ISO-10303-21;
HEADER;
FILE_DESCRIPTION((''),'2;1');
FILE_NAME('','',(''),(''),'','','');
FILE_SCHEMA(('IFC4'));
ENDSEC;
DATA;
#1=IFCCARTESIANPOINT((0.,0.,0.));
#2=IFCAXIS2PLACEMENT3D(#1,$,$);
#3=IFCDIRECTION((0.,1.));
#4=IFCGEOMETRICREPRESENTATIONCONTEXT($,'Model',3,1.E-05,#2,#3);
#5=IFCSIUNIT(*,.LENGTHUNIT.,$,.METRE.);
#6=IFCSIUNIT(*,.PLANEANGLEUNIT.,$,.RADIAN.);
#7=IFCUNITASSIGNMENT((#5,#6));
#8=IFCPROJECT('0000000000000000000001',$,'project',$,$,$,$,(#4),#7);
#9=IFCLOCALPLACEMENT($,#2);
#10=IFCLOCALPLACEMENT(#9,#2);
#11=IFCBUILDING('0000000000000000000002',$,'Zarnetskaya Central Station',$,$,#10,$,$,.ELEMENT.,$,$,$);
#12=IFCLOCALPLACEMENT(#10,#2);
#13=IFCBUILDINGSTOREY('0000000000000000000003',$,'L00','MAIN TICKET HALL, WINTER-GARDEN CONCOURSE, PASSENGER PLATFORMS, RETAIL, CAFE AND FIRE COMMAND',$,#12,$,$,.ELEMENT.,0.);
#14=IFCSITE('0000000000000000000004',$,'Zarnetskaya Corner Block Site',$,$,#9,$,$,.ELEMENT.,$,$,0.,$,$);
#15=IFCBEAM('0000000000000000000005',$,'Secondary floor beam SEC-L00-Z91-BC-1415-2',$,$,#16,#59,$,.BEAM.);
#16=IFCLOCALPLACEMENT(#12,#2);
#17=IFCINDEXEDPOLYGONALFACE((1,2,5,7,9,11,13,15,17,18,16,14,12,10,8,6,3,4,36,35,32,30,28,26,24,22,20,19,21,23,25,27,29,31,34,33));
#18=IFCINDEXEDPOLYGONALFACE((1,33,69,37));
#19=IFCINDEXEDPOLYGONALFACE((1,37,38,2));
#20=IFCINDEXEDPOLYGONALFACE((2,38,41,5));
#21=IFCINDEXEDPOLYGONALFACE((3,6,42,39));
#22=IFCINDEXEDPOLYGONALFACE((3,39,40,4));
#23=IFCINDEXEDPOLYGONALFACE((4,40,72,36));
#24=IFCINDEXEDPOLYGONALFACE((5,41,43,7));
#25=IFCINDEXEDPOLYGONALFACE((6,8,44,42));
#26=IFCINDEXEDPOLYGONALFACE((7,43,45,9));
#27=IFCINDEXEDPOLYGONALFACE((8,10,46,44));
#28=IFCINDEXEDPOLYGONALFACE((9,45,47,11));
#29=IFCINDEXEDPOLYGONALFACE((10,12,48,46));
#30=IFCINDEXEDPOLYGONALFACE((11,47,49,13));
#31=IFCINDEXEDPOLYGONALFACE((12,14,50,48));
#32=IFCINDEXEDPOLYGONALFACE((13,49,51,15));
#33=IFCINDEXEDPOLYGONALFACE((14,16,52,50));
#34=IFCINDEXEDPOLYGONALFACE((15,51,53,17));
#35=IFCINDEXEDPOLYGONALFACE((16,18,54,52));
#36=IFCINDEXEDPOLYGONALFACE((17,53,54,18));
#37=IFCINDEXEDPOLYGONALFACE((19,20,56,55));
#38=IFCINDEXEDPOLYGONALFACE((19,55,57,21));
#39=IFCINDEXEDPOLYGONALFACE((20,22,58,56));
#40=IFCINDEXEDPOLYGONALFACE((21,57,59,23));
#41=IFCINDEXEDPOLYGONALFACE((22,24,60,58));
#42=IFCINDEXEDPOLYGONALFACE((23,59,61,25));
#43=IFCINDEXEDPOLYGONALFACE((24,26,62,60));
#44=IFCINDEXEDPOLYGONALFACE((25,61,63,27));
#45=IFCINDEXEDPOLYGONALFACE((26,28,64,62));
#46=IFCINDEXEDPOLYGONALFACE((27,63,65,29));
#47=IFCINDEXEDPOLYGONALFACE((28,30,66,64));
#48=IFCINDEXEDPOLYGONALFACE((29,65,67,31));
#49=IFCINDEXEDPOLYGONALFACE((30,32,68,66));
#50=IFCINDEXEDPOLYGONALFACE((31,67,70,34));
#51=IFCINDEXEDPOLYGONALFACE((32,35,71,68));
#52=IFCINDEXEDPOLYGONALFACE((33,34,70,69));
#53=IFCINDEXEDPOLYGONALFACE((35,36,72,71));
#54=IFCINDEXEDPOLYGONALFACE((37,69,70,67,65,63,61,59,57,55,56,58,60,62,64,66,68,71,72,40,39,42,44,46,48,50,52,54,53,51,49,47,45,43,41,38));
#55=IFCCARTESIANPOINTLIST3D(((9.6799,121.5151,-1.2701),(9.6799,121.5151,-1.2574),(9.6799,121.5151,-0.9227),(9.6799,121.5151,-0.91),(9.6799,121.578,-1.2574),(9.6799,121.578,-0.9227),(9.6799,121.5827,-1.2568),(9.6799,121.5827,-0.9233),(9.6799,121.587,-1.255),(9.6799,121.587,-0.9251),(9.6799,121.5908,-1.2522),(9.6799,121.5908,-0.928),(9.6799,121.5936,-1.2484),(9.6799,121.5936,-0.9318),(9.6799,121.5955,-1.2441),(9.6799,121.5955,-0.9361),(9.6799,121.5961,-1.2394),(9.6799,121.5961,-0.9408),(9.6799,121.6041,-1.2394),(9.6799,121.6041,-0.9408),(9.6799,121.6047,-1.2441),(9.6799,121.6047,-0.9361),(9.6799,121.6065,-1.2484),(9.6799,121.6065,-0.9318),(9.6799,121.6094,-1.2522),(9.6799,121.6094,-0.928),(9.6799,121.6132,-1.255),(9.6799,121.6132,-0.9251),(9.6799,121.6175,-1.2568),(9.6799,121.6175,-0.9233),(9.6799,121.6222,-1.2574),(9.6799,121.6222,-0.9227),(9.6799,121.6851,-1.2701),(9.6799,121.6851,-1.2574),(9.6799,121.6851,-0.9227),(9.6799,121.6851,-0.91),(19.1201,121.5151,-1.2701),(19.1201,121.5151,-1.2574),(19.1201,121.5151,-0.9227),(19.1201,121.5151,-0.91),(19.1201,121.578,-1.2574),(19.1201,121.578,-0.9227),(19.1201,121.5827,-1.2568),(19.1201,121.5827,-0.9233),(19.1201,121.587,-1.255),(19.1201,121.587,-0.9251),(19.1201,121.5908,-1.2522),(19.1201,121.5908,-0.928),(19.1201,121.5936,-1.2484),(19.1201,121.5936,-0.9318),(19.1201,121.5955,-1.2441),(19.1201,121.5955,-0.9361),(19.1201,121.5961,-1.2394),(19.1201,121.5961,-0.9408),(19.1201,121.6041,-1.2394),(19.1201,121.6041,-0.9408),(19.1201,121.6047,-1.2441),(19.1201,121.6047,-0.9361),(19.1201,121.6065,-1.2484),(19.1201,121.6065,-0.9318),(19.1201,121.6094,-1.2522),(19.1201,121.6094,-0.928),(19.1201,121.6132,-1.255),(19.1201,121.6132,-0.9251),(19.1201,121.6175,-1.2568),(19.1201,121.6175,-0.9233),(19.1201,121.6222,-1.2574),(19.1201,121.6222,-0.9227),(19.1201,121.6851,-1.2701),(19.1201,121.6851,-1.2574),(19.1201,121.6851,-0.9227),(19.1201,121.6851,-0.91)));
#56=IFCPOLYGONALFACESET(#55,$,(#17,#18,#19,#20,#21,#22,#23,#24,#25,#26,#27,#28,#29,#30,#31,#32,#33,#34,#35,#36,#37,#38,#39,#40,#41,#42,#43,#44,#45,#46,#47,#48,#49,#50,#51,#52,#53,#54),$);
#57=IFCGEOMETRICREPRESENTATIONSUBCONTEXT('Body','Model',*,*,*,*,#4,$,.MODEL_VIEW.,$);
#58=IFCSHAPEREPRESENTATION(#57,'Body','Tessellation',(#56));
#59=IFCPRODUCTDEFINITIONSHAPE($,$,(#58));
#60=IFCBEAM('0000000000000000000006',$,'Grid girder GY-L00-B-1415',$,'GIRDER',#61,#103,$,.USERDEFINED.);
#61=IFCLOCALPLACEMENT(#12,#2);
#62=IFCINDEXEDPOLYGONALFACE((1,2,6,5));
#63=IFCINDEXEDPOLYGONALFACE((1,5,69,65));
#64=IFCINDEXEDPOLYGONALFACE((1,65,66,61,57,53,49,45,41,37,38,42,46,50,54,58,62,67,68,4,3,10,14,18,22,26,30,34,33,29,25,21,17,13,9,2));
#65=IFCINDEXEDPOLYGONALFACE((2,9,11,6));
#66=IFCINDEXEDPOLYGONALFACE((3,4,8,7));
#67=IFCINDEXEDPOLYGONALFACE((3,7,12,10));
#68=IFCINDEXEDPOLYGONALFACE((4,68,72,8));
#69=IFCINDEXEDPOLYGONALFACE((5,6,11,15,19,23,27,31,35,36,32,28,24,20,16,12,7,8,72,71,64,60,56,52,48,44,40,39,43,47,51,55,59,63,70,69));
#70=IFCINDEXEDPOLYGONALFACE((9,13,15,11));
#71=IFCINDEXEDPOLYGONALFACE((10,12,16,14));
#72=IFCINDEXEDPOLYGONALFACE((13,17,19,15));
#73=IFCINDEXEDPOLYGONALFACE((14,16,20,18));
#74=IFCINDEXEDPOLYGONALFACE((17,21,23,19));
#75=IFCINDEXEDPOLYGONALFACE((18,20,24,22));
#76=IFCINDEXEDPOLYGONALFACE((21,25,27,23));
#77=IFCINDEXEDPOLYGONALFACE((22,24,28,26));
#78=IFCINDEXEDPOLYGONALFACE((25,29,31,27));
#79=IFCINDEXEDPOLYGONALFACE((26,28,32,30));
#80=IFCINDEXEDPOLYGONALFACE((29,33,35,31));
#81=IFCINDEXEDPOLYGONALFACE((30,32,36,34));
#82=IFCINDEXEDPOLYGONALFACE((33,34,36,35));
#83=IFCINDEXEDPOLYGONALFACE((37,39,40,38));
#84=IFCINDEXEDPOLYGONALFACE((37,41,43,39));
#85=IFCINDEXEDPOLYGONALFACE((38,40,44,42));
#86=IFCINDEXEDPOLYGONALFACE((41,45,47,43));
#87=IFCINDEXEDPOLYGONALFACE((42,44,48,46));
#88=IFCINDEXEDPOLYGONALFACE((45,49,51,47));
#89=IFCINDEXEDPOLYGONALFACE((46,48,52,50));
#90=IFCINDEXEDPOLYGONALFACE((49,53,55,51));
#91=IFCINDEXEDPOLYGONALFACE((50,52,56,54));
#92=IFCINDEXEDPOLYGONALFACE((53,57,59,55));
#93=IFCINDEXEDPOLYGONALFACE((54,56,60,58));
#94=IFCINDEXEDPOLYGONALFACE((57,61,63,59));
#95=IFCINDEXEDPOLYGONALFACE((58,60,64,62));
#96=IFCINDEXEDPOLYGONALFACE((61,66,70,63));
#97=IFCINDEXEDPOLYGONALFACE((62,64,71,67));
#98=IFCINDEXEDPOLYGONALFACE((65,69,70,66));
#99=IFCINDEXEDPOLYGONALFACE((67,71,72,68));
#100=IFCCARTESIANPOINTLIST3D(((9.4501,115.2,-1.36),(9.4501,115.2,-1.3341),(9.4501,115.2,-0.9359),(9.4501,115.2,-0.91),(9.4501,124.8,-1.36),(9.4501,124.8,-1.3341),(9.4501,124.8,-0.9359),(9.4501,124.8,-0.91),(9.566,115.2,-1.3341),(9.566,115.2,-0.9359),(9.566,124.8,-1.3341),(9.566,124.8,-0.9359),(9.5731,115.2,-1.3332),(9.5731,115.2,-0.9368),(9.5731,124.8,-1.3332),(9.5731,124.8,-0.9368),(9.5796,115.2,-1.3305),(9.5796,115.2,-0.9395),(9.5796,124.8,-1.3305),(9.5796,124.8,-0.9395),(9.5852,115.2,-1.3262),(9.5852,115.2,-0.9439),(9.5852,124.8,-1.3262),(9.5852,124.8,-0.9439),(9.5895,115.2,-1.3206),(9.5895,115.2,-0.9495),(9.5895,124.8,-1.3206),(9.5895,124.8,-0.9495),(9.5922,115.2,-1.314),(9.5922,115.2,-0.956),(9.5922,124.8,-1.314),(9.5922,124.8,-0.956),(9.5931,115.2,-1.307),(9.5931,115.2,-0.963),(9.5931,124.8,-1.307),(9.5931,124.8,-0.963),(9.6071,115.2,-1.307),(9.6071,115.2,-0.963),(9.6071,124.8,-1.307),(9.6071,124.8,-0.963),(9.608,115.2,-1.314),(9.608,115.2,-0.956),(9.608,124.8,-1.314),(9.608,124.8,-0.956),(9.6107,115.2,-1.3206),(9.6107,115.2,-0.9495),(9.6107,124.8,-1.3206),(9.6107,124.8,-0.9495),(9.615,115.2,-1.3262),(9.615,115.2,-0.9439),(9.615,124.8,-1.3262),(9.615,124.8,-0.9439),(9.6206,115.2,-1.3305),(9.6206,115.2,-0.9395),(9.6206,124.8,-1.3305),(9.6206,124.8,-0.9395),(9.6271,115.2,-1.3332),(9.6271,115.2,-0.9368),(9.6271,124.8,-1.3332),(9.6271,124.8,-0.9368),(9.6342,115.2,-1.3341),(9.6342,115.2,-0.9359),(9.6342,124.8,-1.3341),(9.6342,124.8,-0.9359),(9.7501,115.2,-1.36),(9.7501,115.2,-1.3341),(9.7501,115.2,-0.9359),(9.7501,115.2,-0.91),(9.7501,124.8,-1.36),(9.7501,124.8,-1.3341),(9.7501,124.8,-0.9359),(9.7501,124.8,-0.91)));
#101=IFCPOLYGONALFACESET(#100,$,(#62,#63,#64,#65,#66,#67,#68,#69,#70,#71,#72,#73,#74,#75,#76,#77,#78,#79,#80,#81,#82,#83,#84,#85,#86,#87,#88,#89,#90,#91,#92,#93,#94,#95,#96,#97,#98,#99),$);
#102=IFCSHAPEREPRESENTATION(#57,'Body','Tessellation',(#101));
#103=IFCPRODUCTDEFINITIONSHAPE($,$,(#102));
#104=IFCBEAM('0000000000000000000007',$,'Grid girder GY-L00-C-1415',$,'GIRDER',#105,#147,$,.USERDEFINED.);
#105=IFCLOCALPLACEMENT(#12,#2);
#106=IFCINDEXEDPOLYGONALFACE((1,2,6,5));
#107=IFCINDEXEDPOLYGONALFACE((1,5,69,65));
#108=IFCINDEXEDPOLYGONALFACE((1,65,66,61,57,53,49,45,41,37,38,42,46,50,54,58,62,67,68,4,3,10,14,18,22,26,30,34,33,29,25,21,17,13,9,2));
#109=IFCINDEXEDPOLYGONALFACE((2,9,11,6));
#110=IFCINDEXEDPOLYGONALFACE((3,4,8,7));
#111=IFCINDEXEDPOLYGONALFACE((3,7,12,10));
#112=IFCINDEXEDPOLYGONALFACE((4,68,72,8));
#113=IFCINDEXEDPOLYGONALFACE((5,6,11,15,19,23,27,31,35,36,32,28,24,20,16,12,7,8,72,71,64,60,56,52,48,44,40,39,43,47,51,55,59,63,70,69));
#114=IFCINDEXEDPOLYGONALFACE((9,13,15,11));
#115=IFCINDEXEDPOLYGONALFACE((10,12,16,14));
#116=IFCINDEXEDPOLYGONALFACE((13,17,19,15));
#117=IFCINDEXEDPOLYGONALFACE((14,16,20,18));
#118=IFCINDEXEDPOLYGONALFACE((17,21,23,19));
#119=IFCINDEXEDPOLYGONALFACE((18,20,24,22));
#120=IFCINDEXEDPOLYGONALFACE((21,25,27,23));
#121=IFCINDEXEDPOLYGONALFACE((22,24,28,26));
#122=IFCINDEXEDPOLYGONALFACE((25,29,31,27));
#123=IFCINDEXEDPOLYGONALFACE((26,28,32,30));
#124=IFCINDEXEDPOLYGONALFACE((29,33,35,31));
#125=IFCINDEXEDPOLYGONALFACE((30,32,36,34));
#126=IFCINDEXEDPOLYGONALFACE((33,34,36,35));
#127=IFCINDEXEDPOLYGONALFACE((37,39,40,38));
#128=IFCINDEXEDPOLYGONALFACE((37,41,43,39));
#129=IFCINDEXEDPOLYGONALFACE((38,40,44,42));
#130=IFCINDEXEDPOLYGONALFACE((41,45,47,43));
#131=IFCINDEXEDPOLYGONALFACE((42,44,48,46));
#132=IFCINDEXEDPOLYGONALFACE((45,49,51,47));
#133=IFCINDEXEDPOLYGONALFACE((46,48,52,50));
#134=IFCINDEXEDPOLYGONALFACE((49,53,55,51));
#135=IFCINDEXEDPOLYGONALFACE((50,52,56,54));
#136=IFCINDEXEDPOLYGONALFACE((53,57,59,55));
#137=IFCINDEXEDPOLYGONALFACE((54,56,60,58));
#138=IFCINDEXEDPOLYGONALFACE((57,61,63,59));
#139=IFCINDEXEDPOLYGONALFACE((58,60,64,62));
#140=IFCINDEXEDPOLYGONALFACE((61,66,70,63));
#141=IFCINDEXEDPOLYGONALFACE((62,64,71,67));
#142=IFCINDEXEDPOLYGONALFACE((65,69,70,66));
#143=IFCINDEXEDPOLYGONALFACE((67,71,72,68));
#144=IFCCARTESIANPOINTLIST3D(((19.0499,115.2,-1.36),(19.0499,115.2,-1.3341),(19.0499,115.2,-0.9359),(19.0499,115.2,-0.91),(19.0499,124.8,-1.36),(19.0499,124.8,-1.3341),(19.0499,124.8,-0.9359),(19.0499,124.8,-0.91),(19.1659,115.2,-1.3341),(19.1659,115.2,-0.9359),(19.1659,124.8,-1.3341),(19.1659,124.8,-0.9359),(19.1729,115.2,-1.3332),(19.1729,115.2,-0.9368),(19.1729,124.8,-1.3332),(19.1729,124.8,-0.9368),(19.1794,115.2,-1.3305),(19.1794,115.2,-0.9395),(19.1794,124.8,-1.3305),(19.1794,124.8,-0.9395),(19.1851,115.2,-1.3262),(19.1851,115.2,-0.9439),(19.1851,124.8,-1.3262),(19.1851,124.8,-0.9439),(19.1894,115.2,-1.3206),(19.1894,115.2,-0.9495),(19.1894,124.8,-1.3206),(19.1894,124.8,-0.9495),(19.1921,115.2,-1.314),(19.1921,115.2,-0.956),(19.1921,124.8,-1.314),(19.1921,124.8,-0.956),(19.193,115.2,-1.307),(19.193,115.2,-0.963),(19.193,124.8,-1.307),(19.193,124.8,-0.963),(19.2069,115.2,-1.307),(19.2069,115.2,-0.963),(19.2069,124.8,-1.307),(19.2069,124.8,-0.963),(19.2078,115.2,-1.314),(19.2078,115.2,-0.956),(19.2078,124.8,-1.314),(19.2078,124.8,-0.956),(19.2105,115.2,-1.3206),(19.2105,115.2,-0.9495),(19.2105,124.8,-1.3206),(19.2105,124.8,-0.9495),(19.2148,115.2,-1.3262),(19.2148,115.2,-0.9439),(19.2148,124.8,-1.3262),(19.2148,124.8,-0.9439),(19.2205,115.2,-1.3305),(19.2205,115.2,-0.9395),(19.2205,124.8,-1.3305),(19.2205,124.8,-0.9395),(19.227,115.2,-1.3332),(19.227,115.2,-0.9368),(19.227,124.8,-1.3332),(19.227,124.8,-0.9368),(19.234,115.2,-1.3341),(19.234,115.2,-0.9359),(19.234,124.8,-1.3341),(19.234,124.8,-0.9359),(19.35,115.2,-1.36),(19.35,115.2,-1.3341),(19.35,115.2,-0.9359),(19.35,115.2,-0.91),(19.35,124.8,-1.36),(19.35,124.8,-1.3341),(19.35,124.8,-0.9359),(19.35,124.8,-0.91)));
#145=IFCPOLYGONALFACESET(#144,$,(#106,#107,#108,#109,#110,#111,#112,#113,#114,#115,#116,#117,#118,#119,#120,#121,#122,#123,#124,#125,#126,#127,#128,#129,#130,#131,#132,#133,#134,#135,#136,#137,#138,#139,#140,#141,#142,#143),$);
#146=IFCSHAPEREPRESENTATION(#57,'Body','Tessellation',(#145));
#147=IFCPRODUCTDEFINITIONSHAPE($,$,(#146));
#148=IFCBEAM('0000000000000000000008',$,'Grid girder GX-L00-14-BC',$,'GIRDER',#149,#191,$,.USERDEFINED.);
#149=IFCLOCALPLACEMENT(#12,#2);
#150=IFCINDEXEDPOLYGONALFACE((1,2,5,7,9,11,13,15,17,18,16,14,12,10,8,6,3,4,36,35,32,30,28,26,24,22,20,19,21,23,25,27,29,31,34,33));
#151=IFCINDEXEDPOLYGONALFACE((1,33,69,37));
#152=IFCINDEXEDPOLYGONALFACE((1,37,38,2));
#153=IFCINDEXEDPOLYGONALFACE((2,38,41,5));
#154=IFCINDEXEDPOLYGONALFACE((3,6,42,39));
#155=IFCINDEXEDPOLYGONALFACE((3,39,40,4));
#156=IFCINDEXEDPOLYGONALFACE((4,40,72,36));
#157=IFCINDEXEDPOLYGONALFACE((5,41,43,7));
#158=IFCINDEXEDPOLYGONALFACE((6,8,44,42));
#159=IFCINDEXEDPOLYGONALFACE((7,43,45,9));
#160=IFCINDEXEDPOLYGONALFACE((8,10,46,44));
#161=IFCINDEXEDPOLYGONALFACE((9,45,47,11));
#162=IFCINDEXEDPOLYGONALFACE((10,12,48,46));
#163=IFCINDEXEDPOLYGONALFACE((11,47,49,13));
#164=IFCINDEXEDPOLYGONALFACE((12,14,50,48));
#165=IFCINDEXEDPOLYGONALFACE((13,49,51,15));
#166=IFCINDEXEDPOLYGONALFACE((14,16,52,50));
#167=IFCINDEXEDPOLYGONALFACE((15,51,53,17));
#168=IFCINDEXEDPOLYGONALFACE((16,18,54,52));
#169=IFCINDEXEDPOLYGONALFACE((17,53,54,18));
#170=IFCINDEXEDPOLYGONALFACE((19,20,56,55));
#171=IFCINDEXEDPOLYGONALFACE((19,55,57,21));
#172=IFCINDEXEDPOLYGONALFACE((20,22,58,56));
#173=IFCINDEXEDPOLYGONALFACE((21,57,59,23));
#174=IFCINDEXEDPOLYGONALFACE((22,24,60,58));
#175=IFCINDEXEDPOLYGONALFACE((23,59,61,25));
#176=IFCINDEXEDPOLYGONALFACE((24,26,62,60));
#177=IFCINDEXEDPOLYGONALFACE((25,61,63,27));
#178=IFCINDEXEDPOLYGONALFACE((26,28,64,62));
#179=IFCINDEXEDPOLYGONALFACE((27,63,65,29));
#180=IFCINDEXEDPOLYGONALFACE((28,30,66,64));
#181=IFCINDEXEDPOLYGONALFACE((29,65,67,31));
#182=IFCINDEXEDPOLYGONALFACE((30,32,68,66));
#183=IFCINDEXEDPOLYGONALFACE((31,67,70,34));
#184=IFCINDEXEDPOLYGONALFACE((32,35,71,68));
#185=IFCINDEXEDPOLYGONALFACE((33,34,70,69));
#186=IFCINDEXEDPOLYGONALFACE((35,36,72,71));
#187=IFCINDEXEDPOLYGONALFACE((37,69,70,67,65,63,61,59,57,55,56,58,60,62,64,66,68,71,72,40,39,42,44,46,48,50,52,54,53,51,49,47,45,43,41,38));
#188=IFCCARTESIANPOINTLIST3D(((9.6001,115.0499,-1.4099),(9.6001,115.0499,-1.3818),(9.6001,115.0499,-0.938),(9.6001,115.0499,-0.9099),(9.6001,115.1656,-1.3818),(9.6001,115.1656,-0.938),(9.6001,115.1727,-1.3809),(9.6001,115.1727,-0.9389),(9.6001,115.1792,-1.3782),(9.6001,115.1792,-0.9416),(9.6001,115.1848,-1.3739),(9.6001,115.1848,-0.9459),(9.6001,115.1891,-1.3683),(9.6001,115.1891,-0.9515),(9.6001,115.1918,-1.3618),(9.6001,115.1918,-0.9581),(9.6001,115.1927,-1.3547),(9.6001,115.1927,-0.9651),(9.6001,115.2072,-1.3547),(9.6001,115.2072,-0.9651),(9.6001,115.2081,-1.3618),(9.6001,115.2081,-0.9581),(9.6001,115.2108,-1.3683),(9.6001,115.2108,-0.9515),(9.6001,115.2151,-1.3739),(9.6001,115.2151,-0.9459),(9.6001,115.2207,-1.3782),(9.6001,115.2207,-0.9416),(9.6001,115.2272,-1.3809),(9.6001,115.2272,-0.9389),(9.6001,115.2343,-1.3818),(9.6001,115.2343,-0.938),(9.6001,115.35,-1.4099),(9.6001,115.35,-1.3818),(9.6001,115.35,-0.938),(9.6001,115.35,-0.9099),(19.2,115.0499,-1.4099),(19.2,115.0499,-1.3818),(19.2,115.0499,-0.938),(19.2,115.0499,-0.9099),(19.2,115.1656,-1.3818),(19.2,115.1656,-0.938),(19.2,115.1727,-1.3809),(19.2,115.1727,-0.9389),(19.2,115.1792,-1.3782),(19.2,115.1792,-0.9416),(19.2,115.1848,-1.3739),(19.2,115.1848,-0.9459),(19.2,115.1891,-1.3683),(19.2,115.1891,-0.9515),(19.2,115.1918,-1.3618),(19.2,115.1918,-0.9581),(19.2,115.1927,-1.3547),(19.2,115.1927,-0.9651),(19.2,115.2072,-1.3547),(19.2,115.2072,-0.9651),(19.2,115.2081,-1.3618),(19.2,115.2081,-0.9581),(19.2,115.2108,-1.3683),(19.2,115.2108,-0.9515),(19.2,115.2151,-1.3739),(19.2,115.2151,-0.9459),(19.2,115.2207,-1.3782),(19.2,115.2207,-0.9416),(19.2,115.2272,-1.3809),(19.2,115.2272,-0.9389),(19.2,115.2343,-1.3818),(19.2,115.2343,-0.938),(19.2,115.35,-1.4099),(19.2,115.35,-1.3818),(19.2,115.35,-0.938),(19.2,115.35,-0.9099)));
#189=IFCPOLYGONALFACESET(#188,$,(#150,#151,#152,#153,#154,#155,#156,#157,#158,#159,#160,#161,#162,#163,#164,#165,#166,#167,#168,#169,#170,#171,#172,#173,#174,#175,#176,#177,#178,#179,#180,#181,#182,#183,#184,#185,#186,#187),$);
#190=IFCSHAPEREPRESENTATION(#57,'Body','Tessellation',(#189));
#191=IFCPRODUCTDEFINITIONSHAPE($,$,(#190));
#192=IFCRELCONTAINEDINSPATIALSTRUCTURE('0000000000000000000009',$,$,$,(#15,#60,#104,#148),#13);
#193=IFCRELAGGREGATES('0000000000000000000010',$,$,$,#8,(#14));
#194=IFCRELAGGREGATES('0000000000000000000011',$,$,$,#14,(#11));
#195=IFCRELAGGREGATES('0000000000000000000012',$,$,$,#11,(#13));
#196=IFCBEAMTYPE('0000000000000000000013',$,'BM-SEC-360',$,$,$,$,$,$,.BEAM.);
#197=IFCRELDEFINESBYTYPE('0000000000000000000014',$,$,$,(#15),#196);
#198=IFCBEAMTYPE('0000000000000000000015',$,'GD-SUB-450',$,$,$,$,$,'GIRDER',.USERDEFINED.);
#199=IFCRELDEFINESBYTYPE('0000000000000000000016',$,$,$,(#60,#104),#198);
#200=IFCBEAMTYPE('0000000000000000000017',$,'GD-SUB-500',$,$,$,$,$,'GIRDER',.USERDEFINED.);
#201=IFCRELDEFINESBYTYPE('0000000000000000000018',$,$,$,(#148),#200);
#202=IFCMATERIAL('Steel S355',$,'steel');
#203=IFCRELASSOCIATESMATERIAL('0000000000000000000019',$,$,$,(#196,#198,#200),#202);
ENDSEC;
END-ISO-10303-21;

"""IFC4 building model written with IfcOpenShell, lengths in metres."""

from ifc_helpers import new_model, si_unit, direction, frame, origin, origin_2d, place, context, subcontext, project, spatial, i_section, extrude, material, material_profile, profile_set, type_object, element, save


model = new_model("IFC4")

# Units and contexts
model_context = context("Model", 3, precision=1e-05, world=origin(), true_north=direction((0.0, 1.0)))
body_context = subcontext(model_context, "Body", "Model", "MODEL_VIEW")
ifc_project = project(units=[si_unit("LENGTHUNIT", "METRE"), si_unit("PLANEANGLEUNIT", "RADIAN")], contexts=[model_context])

# Site, building, storey
site_placement = place(None, origin())
site = spatial("IfcSite", under=ifc_project, at=site_placement, Name="Zarnetskaya Corner Block Site", CompositionType="ELEMENT", RefElevation=0.0)
building_placement = place(site_placement, origin())
building = spatial("IfcBuilding", under=site, at=building_placement, Name="Zarnetskaya Central Station", CompositionType="ELEMENT")
storey_placement = place(building_placement, origin())
storey = spatial("IfcBuildingStorey", under=building, at=storey_placement, Name="L00", Description="MAIN TICKET HALL, WINTER-GARDEN CONCOURSE, PASSENGER PLATFORMS, RETAIL, CAFE AND FIRE COMMAND", CompositionType="ELEMENT", Elevation=0.0)

# Shared definitions
ifc_material = material(Name="Steel S355", Category="steel")

# Beams
ifc_material_profile_1 = material_profile(ifc_material, i_section(OverallWidth=0.1699, OverallDepth=0.3601, WebThickness=0.0081, FlangeThickness=0.0127, FilletRadius=0.0181, at=origin_2d()), Name="IPE 360")
ifc_profile_set_1 = profile_set([ifc_material_profile_1], Name="Steel S355")
beam_type_1 = type_object("IfcBeamType", Name="BM-SEC-360", PredefinedType="BEAM", material=ifc_profile_set_1)
for number, where, z_axis, x_axis, name in (
    (1, (9.6799, 121.6001, -1.0901), (1.0, 0.0, 0.0), (0.0, 1.0, 0.0), "Secondary floor beam SEC-L00-Z91-BC-1415-2"),
):
    element("IfcBeam", number, at=place(storey_placement, frame(where, z_axis=z_axis, x_axis=x_axis)), inside=storey, type_object=beam_type_1, Name=name, PredefinedType="BEAM", context=body_context, shape_type="SweptSolid", body=[
        extrude(i_section(OverallWidth=0.1699, OverallDepth=0.3601, WebThickness=0.0081, FlangeThickness=0.0127, FilletRadius=0.0181, at=origin_2d()), origin(), (0.0, 0.0, 1.0), 9.4402),
    ])
ifc_material_profile_2 = material_profile(ifc_material, i_section(OverallWidth=0.3, OverallDepth=0.45, WebThickness=0.0139, FlangeThickness=0.0259, FilletRadius=0.0271, at=origin_2d()), Name="HEB 450")
ifc_profile_set_2 = profile_set([ifc_material_profile_2], Name="Steel S355")
beam_type_2 = type_object("IfcBeamType", Name="GD-SUB-450", ElementType="GIRDER", PredefinedType="USERDEFINED", material=ifc_profile_set_2)
for number, where, z_axis, x_axis, name in (
    (2, (9.6001, 115.2, -1.135), (0.0, 1.0, 0.0), (-1.0, 0.0, 0.0), "Grid girder GY-L00-B-1415"),
    (3, (19.2, 115.2, -1.135), (0.0, 1.0, 0.0), (-1.0, 0.0, 0.0), "Grid girder GY-L00-C-1415"),
):
    element("IfcBeam", number, at=place(storey_placement, frame(where, z_axis=z_axis, x_axis=x_axis)), inside=storey, type_object=beam_type_2, Name=name, ObjectType="GIRDER", PredefinedType="USERDEFINED", context=body_context, shape_type="SweptSolid", body=[
        extrude(i_section(OverallWidth=0.3, OverallDepth=0.45, WebThickness=0.0139, FlangeThickness=0.0259, FilletRadius=0.0271, at=origin_2d()), origin(), (0.0, 0.0, 1.0), 9.6001),
    ])
ifc_material_profile_3 = material_profile(ifc_material, i_section(OverallWidth=0.3, OverallDepth=0.5, WebThickness=0.0144, FlangeThickness=0.0281, FilletRadius=0.0271, at=origin_2d()), Name="HEB 500")
ifc_profile_set_3 = profile_set([ifc_material_profile_3], Name="Steel S355")
beam_type_3 = type_object("IfcBeamType", Name="GD-SUB-500", ElementType="GIRDER", PredefinedType="USERDEFINED", material=ifc_profile_set_3)
for number, where, z_axis, x_axis, name in (
    (4, (9.6001, 115.2, -1.1599), (1.0, 0.0, 0.0), (0.0, 1.0, 0.0), "Grid girder GX-L00-14-BC"),
):
    element("IfcBeam", number, at=place(storey_placement, frame(where, z_axis=z_axis, x_axis=x_axis)), inside=storey, type_object=beam_type_3, Name=name, ObjectType="GIRDER", PredefinedType="USERDEFINED", context=body_context, shape_type="SweptSolid", body=[
        extrude(i_section(OverallWidth=0.3, OverallDepth=0.5, WebThickness=0.0144, FlangeThickness=0.0281, FilletRadius=0.0271, at=origin_2d()), origin(), (0.0, 0.0, 1.0), 9.5999),
    ])

save(model, "model.ifc")
